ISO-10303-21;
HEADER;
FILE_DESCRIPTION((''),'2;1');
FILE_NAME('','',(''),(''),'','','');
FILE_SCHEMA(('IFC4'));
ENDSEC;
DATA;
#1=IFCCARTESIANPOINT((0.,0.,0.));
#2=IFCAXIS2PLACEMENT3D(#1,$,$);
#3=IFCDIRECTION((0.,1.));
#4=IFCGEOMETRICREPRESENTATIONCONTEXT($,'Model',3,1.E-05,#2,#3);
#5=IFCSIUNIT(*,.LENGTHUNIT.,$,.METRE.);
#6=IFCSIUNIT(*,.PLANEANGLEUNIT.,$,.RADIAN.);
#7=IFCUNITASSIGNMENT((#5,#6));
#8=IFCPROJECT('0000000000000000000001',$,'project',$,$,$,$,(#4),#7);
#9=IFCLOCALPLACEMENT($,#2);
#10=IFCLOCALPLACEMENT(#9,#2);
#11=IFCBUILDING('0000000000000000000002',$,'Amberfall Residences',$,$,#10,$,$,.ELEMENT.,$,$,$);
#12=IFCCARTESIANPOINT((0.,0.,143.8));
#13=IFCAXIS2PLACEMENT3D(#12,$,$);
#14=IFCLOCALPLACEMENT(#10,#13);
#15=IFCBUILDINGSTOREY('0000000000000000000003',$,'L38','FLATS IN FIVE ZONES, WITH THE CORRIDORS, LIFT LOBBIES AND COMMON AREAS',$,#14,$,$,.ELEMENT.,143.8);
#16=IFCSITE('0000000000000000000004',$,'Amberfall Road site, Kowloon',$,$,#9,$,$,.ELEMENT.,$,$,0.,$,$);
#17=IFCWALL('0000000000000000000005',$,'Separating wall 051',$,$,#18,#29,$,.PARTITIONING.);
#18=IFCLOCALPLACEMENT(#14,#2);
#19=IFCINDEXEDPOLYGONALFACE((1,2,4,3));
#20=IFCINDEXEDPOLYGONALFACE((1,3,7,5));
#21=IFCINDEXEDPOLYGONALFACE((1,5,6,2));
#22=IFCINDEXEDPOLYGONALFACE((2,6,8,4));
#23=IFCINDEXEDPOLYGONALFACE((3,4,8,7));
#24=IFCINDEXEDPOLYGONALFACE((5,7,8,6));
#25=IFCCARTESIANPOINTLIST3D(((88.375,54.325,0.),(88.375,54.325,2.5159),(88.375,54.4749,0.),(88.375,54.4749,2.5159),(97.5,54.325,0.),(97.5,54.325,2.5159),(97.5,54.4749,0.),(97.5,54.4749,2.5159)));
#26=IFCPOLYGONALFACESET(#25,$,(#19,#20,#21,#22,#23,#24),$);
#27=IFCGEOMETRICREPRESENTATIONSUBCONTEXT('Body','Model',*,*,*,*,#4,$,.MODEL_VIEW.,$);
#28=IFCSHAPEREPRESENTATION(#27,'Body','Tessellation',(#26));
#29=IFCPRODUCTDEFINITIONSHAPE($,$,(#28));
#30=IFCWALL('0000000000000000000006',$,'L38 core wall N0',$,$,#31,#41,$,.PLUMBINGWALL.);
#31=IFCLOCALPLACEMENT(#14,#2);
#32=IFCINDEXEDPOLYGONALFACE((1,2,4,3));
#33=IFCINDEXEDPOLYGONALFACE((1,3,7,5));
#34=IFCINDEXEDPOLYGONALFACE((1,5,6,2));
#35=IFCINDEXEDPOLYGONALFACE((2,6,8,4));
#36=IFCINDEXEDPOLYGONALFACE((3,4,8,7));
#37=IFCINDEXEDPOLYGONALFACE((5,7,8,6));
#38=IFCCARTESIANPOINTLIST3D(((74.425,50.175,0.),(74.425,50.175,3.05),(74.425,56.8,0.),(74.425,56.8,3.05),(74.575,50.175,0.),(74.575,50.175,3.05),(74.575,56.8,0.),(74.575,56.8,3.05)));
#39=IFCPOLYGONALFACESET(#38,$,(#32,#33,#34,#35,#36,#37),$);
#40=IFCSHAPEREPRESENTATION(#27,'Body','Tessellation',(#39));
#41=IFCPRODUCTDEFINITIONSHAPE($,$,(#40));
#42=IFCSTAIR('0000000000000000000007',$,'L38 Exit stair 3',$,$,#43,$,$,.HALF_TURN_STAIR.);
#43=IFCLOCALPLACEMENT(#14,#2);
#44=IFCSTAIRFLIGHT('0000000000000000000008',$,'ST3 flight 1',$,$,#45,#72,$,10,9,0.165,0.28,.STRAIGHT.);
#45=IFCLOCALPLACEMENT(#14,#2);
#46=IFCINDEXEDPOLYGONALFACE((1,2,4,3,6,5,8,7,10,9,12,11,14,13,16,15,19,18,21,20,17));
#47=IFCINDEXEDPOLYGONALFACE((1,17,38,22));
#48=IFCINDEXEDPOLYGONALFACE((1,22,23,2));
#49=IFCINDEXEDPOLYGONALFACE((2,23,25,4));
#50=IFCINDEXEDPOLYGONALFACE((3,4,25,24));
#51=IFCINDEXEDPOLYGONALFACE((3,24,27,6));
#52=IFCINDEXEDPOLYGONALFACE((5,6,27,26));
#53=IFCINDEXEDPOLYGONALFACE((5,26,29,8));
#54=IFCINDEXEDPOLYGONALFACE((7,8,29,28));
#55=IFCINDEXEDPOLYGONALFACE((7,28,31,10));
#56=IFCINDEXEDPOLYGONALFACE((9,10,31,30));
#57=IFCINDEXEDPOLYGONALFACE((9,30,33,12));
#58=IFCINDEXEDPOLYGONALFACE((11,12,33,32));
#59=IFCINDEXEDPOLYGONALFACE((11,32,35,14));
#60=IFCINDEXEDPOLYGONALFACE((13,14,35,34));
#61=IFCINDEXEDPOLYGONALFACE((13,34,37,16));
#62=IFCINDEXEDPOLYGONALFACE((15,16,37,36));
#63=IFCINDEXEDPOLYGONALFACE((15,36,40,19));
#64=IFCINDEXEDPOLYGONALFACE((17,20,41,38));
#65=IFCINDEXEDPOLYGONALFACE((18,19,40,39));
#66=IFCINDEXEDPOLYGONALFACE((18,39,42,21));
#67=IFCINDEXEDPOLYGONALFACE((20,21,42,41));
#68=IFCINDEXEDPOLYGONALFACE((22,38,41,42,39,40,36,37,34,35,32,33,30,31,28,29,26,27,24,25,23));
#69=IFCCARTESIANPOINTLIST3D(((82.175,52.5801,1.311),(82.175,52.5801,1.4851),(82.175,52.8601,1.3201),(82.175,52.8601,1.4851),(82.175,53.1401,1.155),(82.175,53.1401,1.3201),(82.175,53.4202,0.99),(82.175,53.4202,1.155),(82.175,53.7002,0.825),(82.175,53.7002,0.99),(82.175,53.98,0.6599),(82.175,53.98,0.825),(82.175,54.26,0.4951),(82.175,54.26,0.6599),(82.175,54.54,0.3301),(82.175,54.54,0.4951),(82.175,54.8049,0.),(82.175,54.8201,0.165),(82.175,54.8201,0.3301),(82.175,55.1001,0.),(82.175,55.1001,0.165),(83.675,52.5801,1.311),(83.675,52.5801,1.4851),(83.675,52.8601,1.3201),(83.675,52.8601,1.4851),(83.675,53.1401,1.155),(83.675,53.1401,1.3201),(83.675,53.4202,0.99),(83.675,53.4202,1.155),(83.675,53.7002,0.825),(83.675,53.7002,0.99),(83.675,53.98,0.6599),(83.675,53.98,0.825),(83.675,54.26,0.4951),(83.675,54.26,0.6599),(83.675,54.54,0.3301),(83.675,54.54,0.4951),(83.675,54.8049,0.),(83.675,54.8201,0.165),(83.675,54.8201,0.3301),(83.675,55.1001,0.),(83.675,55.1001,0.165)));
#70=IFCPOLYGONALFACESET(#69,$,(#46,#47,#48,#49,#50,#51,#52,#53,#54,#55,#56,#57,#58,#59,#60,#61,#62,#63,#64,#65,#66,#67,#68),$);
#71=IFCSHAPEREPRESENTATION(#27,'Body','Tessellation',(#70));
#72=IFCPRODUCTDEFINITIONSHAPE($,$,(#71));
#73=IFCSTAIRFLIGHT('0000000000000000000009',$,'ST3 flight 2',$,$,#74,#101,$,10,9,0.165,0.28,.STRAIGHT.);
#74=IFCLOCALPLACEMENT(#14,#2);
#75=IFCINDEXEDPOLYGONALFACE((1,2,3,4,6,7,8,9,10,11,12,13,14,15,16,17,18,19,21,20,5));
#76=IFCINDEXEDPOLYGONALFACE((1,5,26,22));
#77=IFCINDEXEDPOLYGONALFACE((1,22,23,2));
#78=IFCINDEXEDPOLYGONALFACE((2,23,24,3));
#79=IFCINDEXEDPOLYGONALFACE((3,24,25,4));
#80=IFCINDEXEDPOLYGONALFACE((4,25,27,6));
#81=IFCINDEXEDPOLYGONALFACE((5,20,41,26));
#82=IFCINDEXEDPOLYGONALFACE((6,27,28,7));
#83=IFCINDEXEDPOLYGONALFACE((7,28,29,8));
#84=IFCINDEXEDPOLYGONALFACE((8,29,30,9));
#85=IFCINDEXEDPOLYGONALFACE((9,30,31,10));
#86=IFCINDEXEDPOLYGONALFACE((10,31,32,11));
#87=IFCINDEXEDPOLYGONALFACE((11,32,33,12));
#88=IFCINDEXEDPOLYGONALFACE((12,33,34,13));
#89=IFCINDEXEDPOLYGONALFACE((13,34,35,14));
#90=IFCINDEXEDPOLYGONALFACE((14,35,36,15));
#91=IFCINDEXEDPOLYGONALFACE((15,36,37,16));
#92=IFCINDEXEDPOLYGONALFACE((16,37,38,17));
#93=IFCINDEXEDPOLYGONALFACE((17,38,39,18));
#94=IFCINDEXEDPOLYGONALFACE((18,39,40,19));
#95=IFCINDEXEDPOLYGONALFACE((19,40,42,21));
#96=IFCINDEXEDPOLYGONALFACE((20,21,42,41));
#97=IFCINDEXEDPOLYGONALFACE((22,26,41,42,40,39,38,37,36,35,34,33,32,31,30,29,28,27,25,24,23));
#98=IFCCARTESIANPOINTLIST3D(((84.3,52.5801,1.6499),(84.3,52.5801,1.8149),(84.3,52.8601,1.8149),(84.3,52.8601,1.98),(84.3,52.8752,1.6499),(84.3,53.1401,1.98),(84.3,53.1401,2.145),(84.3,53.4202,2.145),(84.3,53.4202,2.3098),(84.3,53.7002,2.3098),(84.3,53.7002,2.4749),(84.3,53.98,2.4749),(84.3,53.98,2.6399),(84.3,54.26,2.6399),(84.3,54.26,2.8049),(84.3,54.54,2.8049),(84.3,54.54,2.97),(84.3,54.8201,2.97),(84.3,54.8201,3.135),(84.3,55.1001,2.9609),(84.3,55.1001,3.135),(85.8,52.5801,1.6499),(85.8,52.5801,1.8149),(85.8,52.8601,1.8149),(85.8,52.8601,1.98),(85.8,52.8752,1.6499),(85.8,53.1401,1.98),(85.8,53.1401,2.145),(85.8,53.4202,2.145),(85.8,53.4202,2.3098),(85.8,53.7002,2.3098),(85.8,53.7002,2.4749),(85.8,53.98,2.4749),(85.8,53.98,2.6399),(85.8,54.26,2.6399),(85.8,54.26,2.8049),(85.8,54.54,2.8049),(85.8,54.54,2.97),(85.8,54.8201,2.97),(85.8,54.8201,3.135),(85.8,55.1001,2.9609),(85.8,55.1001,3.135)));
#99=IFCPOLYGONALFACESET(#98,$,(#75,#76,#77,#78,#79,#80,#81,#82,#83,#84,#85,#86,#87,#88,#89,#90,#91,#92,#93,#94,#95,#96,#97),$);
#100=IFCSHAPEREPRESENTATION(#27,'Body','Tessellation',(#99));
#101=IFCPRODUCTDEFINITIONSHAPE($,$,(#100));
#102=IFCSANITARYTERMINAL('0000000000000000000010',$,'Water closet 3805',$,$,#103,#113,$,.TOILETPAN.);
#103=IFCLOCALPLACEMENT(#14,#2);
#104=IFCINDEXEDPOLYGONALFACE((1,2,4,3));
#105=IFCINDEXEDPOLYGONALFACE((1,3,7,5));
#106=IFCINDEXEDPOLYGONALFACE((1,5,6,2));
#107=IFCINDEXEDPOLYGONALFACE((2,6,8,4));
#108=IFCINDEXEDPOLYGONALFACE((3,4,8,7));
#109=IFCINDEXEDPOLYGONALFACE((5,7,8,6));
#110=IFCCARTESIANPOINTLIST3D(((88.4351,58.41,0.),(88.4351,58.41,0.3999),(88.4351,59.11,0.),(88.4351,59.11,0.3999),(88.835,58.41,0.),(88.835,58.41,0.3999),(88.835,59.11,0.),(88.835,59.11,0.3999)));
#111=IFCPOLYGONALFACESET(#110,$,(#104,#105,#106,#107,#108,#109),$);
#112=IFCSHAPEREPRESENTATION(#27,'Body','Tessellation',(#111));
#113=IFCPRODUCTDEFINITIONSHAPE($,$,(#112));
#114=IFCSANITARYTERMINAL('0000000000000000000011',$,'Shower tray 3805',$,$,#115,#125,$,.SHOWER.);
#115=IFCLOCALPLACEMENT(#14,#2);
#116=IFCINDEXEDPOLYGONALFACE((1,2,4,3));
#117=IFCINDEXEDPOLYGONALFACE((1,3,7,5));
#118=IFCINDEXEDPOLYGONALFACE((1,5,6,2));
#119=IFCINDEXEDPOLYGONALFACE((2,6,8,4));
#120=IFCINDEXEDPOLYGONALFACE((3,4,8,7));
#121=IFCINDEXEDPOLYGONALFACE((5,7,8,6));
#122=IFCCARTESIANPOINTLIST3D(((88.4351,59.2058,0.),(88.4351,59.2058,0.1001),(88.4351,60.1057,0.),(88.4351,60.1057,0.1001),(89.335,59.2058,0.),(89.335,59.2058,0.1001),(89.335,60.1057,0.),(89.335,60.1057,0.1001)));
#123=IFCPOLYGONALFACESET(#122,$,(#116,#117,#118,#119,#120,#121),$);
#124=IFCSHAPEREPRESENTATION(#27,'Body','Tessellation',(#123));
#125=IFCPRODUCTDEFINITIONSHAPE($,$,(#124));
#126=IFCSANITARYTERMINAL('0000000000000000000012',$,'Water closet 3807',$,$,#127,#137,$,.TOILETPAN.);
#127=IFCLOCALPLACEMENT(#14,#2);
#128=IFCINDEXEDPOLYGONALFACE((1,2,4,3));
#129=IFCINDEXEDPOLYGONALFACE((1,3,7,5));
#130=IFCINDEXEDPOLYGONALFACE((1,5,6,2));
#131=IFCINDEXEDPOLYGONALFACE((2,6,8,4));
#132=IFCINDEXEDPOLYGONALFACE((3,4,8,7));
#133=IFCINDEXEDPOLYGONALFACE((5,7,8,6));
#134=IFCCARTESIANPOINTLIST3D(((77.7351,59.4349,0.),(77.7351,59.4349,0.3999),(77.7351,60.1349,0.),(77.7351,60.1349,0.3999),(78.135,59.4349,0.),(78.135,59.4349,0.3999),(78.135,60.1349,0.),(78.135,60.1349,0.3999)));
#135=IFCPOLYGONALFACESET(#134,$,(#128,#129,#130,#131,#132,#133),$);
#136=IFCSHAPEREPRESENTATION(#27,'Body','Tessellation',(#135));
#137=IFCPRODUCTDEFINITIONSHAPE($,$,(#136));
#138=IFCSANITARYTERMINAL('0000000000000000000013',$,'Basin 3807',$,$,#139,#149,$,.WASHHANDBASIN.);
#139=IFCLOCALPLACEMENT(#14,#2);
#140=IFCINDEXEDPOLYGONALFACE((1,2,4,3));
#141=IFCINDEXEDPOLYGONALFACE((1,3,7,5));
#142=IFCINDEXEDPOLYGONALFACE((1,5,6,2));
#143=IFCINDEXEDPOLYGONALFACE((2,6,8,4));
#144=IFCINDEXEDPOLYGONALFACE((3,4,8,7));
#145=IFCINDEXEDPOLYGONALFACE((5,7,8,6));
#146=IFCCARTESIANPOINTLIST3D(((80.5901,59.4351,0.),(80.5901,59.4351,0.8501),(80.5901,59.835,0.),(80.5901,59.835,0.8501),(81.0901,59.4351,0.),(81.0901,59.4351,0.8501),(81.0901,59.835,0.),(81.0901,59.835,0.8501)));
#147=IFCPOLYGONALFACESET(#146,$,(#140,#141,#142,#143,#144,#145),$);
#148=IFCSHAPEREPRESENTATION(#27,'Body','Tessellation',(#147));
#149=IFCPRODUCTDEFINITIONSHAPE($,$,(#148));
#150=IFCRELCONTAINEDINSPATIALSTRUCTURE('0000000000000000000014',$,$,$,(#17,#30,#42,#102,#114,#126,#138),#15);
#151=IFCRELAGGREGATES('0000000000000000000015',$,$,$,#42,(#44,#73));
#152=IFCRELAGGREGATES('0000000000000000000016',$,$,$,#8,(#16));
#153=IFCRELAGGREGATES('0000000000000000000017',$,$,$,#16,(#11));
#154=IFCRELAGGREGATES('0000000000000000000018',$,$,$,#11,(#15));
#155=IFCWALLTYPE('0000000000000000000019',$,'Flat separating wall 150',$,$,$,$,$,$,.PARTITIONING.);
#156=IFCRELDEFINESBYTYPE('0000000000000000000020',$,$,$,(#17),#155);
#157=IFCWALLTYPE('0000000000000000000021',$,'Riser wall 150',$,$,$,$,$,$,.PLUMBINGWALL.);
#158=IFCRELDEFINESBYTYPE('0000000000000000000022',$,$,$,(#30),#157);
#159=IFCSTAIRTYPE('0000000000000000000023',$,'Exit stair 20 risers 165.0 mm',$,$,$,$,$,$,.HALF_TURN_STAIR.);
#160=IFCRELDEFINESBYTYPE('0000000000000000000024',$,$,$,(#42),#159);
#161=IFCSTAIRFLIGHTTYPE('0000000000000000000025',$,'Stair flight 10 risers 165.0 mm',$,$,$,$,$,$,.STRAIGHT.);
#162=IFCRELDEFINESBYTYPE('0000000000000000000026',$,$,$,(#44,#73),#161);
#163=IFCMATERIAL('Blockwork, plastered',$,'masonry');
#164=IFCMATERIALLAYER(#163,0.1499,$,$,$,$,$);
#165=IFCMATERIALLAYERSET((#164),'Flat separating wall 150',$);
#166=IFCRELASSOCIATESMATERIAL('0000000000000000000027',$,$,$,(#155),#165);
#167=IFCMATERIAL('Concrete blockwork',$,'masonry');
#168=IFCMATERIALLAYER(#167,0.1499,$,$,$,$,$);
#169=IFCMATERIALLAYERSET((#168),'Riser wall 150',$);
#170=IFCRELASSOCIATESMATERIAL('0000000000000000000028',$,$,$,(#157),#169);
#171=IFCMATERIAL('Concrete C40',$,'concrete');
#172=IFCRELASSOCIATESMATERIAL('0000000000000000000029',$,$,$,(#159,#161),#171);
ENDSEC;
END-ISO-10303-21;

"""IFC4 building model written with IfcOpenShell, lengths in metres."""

from ifc_helpers import new_model, si_unit, direction, frame, frame_2d, origin, origin_2d, place, context, subcontext, project, spatial, polyline, rectangle, outline, extrude, material, layer, layer_set, type_object, element, aggregate, save


model = new_model("IFC4")

# Units and contexts
model_context = context("Model", 3, precision=1e-05, world=origin(), true_north=direction((0.0, 1.0)))
body_context = subcontext(model_context, "Body", "Model", "MODEL_VIEW")
ifc_project = project(units=[si_unit("LENGTHUNIT", "METRE"), si_unit("PLANEANGLEUNIT", "RADIAN")], contexts=[model_context])

# Site, building, storey
site_placement = place(None, origin())
site = spatial("IfcSite", under=ifc_project, at=site_placement, Name="Amberfall Road site, Kowloon", CompositionType="ELEMENT", RefElevation=0.0)
building_placement = place(site_placement, origin())
building = spatial("IfcBuilding", under=site, at=building_placement, Name="Amberfall Residences", CompositionType="ELEMENT")
storey_placement = place(building_placement, frame((0.0, 0.0, 143.8)))
storey = spatial("IfcBuildingStorey", under=building, at=storey_placement, Name="L38", Description="FLATS IN FIVE ZONES, WITH THE CORRIDORS, LIFT LOBBIES AND COMMON AREAS", CompositionType="ELEMENT", Elevation=143.8)

# Walls
ifc_material_1 = material(Name="Blockwork, plastered", Category="masonry")
ifc_layer_1 = layer(ifc_material_1, 0.1499)
ifc_layer_set_1 = layer_set([ifc_layer_1], Name="Flat separating wall 150")
wall_type_1 = type_object("IfcWallType", Name="Flat separating wall 150", PredefinedType="PARTITIONING", material=ifc_layer_set_1)
wall_1_placement = place(storey_placement, frame((88.375, 54.3999, 0.0), z_axis=(0.0, 0.0, 1.0), x_axis=(1.0, 0.0, 0.0)))
element("IfcWall", 1, at=wall_1_placement, inside=storey, type_object=wall_type_1, Name="Separating wall 051", PredefinedType="PARTITIONING", context=body_context, shape_type="SweptSolid", body=[
    extrude(rectangle(XDim=9.125, YDim=0.1499, at=frame_2d((4.5625, 0.0))), origin(), (0.0, 0.0, 1.0), 2.5159),
])
ifc_material_2 = material(Name="Concrete blockwork", Category="masonry")
ifc_layer_2 = layer(ifc_material_2, 0.1499)
ifc_layer_set_2 = layer_set([ifc_layer_2], Name="Riser wall 150")
wall_type_2 = type_object("IfcWallType", Name="Riser wall 150", PredefinedType="PLUMBINGWALL", material=ifc_layer_set_2)
wall_2_placement = place(storey_placement, frame((74.5, 50.175, 0.0), z_axis=(0.0, 0.0, 1.0), x_axis=(0.0, 1.0, 0.0)))
element("IfcWall", 2, at=wall_2_placement, inside=storey, type_object=wall_type_2, Name="L38 core wall N0", PredefinedType="PLUMBINGWALL", context=body_context, shape_type="SweptSolid", body=[
    extrude(rectangle(XDim=6.625, YDim=0.1499, at=frame_2d((3.3125, 0.0))), origin(), (0.0, 0.0, 1.0), 3.05),
])

# Stair, stair flights
ifc_material_3 = material(Name="Concrete C40", Category="concrete")
stair_type = type_object("IfcStairType", Name="Exit stair 20 risers 165.0 mm", PredefinedType="HALF_TURN_STAIR", material=ifc_material_3)
stair_placement = place(storey_placement, origin())
stair = element("IfcStair", 3, at=stair_placement, inside=storey, type_object=stair_type, Name="L38 Exit stair 3", PredefinedType="HALF_TURN_STAIR")
stair_flight_type = type_object("IfcStairFlightType", Name="Stair flight 10 risers 165.0 mm", PredefinedType="STRAIGHT", material=ifc_material_3)
stair_flight_1_placement = place(storey_placement, frame((82.925, 55.1001, 0.0), z_axis=(0.0, 0.0, 1.0), x_axis=(0.0, -1.0, 0.0)))
stair_flight_1 = element("IfcStairFlight", 4, at=stair_flight_1_placement, type_object=stair_flight_type, Name="ST3 flight 1", NumberOfRisers=10, NumberOfTreads=9, PredefinedType="STRAIGHT", RiserHeight=0.165, TreadLength=0.28, context=body_context, shape_type="SweptSolid", body=[
    extrude(outline(polyline([(0.0, 0.0), (0.0, 0.165), (0.28, 0.165), (0.28, 0.3301), (0.5601, 0.3301), (0.5601, 0.4951), (0.8401, 0.4951), (0.8401, 0.6599), (1.1201, 0.6599), (1.1201, 0.825), (1.3999, 0.825), (1.3999, 0.99), (1.6799, 0.99), (1.6799, 1.155), (1.96, 1.155), (1.96, 1.3201), (2.24, 1.3201), (2.24, 1.4851), (2.52, 1.4851), (2.52, 1.6499), (2.52, 1.311), (0.2952, 0.0), (0.0, 0.0)])), frame((0.0, 0.75, 0.0), z_axis=(0.0, -1.0, 0.0), x_axis=(1.0, 0.0, 0.0)), (0.0, 0.0, 1.0), 1.5),
])
stair_flight_2_placement = place(storey_placement, frame((85.05, 52.5801, 1.6499), z_axis=(0.0, 0.0, 1.0), x_axis=(0.0, 1.0, 0.0)))
stair_flight_2 = element("IfcStairFlight", 5, at=stair_flight_2_placement, type_object=stair_flight_type, Name="ST3 flight 2", NumberOfRisers=10, NumberOfTreads=9, PredefinedType="STRAIGHT", RiserHeight=0.165, TreadLength=0.28, context=body_context, shape_type="SweptSolid", body=[
    extrude(outline(polyline([(0.0, 0.0), (0.0, 0.165), (0.28, 0.165), (0.28, 0.3301), (0.5601, 0.3301), (0.5601, 0.4951), (0.8401, 0.4951), (0.8401, 0.6599), (1.1201, 0.6599), (1.1201, 0.825), (1.3999, 0.825), (1.3999, 0.99), (1.6799, 0.99), (1.6799, 1.155), (1.96, 1.155), (1.96, 1.3201), (2.24, 1.3201), (2.24, 1.4851), (2.52, 1.4851), (2.52, 1.6499), (2.52, 1.311), (0.2952, 0.0), (0.0, 0.0)])), frame((0.0, 0.75, 0.0), z_axis=(0.0, -1.0, 0.0), x_axis=(1.0, 0.0, 0.0)), (0.0, 0.0, 1.0), 1.5),
])
aggregate(stair, [stair_flight_1, stair_flight_2])

# Sanitary terminals
sanitary_terminal_1_placement = place(storey_placement, frame((88.635, 58.76, 0.0), z_axis=(0.0, 0.0, 1.0), x_axis=(1.0, 0.0, 0.0)))
element("IfcSanitaryTerminal", 6, at=sanitary_terminal_1_placement, inside=storey, Name="Water closet 3805", PredefinedType="TOILETPAN", context=body_context, shape_type="SweptSolid", body=[
    extrude(rectangle(XDim=0.3999, YDim=0.7, at=origin_2d()), origin(), (0.0, 0.0, 1.0), 0.3999),
])
sanitary_terminal_2_placement = place(storey_placement, frame((88.885, 59.6558, 0.0), z_axis=(0.0, 0.0, 1.0), x_axis=(1.0, 0.0, 0.0)))
element("IfcSanitaryTerminal", 7, at=sanitary_terminal_2_placement, inside=storey, Name="Shower tray 3805", PredefinedType="SHOWER", context=body_context, shape_type="SweptSolid", body=[
    extrude(rectangle(XDim=0.8999, YDim=0.8999, at=origin_2d()), origin(), (0.0, 0.0, 1.0), 0.1001),
])
sanitary_terminal_3_placement = place(storey_placement, frame((77.9351, 59.7849, 0.0), z_axis=(0.0, 0.0, 1.0), x_axis=(1.0, 0.0, 0.0)))
element("IfcSanitaryTerminal", 8, at=sanitary_terminal_3_placement, inside=storey, Name="Water closet 3807", PredefinedType="TOILETPAN", context=body_context, shape_type="SweptSolid", body=[
    extrude(rectangle(XDim=0.3999, YDim=0.7, at=origin_2d()), origin(), (0.0, 0.0, 1.0), 0.3999),
])
sanitary_terminal_4_placement = place(storey_placement, frame((80.8401, 59.635, 0.0), z_axis=(0.0, 0.0, 1.0), x_axis=(1.0, 0.0, 0.0)))
element("IfcSanitaryTerminal", 9, at=sanitary_terminal_4_placement, inside=storey, Name="Basin 3807", PredefinedType="WASHHANDBASIN", context=body_context, shape_type="SweptSolid", body=[
    extrude(rectangle(XDim=0.5, YDim=0.3999, at=origin_2d()), origin(), (0.0, 0.0, 1.0), 0.8501),
])

save(model, "model.ifc")
